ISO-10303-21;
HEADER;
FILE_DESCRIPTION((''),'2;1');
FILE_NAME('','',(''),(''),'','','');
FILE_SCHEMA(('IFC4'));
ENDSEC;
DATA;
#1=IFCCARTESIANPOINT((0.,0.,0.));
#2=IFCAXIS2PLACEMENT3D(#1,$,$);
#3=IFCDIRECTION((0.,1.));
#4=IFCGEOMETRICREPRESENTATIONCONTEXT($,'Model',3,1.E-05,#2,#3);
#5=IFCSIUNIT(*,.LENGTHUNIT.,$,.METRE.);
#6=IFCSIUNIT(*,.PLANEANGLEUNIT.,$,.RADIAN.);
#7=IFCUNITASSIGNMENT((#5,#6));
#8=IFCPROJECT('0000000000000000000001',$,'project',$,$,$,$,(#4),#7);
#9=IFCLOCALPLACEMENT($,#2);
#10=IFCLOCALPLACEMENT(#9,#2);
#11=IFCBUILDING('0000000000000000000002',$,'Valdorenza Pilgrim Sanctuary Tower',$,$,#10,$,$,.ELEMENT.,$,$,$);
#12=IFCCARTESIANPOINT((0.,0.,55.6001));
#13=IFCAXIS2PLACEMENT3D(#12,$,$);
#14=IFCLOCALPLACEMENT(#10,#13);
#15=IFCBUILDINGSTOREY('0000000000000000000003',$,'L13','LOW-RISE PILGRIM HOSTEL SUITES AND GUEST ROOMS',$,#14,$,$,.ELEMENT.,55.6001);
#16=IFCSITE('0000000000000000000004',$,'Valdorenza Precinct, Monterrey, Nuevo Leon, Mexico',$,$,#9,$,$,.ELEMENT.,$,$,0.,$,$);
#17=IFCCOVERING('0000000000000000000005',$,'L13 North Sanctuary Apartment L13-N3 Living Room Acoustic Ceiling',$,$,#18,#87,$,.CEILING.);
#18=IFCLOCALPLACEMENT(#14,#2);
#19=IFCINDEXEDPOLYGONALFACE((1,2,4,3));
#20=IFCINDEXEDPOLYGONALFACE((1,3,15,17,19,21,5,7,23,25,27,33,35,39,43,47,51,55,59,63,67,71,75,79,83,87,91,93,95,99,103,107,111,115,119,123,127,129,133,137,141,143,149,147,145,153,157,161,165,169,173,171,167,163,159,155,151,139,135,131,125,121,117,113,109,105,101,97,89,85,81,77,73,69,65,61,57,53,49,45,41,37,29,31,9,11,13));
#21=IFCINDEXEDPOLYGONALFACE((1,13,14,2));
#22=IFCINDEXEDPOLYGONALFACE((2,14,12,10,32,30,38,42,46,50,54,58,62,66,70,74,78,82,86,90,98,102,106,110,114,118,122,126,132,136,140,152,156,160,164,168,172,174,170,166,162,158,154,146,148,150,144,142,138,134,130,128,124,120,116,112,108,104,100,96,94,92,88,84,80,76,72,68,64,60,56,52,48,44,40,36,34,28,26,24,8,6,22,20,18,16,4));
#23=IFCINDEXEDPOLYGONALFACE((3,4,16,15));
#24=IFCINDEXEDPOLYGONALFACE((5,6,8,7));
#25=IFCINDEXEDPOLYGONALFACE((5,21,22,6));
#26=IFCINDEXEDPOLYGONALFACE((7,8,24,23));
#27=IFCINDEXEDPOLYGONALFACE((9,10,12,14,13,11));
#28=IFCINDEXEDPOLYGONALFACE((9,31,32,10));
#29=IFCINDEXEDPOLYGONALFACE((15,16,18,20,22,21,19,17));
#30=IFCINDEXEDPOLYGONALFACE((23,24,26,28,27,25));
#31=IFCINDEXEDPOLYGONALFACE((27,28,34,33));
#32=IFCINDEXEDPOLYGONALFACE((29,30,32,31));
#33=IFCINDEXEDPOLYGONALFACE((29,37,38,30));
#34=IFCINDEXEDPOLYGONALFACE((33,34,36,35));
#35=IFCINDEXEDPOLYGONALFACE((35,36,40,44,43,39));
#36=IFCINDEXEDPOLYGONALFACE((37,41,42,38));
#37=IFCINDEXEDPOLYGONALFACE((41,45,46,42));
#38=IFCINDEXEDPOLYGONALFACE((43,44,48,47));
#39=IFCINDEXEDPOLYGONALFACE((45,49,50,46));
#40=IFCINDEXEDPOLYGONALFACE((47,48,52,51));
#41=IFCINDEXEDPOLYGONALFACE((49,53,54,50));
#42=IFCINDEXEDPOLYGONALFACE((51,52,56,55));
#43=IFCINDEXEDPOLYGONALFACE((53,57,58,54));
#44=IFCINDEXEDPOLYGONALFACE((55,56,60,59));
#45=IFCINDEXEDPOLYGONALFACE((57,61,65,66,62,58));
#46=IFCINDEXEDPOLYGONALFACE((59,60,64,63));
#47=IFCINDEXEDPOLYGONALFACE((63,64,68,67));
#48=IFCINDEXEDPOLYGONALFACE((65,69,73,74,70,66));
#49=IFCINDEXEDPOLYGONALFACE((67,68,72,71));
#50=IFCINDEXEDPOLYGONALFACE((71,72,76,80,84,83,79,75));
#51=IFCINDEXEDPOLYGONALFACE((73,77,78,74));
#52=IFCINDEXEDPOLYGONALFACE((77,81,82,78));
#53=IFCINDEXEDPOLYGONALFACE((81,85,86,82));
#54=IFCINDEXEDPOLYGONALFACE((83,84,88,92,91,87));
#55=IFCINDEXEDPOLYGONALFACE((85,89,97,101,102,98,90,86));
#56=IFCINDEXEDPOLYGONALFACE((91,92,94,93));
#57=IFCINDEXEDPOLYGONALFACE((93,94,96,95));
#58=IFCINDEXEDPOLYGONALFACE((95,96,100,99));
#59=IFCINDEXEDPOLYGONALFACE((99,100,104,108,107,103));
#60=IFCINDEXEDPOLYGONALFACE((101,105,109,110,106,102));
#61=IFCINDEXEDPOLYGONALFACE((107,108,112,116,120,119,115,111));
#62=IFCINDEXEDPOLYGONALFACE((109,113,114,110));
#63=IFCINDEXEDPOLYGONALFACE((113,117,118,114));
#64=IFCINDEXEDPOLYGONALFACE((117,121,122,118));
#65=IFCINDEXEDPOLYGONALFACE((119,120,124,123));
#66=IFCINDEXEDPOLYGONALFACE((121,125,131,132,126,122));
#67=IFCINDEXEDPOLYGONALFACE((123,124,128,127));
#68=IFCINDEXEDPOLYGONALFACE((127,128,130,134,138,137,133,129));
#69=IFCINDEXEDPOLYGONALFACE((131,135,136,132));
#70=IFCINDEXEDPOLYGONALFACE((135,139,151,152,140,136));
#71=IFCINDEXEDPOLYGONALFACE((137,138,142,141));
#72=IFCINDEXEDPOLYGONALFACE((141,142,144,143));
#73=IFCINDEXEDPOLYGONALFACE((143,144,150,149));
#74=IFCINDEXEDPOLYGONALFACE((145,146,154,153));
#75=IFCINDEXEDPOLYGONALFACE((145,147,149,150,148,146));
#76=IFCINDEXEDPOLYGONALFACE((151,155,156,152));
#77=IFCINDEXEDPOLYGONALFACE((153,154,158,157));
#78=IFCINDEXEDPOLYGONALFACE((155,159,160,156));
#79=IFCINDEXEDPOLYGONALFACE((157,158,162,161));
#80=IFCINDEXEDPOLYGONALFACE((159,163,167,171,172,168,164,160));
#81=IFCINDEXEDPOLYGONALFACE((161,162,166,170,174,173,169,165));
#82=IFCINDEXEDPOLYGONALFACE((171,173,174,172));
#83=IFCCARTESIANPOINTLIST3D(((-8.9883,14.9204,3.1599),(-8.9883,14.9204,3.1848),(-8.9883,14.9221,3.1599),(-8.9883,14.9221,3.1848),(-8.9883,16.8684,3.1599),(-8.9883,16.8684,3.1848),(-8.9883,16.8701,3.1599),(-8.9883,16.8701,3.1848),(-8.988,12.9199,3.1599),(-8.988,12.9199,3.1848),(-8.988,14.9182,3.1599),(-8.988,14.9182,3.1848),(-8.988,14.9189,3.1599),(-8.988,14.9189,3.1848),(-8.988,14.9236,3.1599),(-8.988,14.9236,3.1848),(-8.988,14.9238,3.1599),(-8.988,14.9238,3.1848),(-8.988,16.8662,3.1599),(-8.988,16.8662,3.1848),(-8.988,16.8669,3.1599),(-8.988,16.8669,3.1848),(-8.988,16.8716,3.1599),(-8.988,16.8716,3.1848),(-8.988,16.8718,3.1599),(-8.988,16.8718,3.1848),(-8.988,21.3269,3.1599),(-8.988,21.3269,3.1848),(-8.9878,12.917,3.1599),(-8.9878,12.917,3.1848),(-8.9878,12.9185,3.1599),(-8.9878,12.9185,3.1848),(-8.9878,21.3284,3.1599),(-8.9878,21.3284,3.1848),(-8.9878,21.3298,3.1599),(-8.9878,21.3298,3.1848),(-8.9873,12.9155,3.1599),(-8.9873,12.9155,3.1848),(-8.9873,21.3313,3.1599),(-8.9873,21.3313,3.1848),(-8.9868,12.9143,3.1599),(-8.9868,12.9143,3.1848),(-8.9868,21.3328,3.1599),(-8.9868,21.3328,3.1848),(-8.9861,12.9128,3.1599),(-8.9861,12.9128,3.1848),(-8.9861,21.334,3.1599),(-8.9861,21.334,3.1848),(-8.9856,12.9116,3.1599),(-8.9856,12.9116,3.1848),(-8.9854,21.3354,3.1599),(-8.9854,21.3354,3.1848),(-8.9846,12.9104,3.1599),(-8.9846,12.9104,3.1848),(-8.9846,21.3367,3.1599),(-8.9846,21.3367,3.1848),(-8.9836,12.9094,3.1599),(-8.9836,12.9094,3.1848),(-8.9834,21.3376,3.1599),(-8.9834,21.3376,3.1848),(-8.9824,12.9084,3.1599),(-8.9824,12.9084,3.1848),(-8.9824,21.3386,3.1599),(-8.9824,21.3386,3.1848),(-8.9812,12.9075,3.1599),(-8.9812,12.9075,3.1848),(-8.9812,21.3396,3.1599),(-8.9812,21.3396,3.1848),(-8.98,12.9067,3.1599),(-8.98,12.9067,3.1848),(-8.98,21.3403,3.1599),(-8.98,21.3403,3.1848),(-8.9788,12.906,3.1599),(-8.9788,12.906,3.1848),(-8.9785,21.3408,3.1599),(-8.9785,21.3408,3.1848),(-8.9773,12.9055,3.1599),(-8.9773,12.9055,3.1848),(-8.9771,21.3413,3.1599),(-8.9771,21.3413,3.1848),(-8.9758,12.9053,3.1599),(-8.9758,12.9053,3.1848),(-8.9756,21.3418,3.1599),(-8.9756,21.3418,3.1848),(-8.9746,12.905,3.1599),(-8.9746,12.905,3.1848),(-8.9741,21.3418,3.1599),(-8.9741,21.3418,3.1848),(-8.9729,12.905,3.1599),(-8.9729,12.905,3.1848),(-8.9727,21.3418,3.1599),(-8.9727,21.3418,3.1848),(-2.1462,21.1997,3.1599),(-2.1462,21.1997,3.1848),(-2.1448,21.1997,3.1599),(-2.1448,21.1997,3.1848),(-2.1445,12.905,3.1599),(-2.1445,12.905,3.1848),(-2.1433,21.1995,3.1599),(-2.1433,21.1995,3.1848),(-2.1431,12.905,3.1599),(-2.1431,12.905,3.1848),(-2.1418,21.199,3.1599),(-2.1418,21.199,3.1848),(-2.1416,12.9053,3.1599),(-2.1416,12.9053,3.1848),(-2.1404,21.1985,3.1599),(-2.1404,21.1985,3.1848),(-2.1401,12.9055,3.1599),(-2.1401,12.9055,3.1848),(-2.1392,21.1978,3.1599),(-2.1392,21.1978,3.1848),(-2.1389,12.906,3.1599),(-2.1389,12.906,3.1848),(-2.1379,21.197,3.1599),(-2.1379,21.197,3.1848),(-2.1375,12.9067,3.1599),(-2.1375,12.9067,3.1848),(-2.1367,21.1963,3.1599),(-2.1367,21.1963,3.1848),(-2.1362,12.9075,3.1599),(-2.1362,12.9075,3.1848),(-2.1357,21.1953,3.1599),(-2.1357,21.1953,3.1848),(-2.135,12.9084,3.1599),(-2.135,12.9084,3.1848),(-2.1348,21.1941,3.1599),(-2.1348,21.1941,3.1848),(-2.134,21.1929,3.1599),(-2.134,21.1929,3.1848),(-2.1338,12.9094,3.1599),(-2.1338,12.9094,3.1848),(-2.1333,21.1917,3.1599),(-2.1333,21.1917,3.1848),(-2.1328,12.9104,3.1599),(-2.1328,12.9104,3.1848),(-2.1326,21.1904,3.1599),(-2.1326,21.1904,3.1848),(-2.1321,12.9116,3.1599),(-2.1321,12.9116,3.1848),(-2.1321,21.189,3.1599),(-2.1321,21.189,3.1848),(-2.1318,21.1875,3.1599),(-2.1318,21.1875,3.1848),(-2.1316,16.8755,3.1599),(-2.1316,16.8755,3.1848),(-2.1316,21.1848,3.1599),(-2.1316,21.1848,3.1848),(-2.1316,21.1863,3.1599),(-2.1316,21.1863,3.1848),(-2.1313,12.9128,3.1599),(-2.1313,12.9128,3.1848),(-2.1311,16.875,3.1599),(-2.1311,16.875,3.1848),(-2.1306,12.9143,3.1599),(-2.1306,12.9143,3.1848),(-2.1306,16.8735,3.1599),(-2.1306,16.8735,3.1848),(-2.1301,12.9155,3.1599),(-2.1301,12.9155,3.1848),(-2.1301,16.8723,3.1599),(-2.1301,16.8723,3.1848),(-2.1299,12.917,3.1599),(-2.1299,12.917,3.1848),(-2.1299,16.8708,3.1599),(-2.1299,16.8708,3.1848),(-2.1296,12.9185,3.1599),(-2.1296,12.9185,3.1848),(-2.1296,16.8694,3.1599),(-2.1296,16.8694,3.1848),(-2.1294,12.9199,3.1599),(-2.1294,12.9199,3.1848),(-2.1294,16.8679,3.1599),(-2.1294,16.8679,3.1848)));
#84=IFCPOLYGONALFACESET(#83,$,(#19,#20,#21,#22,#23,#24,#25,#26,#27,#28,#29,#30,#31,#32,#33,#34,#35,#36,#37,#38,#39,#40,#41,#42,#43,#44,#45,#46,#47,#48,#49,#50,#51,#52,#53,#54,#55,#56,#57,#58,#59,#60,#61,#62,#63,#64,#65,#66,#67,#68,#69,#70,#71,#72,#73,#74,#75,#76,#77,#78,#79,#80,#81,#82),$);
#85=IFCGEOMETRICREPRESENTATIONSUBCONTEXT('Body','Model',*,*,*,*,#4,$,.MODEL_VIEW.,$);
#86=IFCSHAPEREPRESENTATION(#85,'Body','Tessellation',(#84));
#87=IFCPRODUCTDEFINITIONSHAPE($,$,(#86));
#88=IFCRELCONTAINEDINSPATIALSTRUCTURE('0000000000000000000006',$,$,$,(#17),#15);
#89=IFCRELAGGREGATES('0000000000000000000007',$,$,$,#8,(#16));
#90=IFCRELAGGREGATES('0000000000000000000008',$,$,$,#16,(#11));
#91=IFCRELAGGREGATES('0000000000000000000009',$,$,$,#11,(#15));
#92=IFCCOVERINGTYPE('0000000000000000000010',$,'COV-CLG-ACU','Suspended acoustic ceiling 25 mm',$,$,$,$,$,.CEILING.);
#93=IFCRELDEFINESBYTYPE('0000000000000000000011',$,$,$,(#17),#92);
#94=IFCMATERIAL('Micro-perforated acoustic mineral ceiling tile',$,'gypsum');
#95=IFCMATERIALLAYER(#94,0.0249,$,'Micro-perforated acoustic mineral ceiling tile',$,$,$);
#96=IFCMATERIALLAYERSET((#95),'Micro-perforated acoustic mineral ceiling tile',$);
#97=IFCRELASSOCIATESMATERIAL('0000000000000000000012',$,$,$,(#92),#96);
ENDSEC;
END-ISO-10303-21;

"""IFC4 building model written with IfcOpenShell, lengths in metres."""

from ifc_helpers import new_model, si_unit, direction, frame, origin, place, context, subcontext, project, spatial, polyline, outline, extrude, material, layer, layer_set, type_object, element, save


model = new_model("IFC4")

# Units and contexts
model_context = context("Model", 3, precision=1e-05, world=origin(), true_north=direction((0.0, 1.0)))
body_context = subcontext(model_context, "Body", "Model", "MODEL_VIEW")
ifc_project = project(units=[si_unit("LENGTHUNIT", "METRE"), si_unit("PLANEANGLEUNIT", "RADIAN")], contexts=[model_context])

# Site, building, storey
site_placement = place(None, origin())
site = spatial("IfcSite", under=ifc_project, at=site_placement, Name="Valdorenza Precinct, Monterrey, Nuevo Leon, Mexico", CompositionType="ELEMENT", RefElevation=0.0)
building_placement = place(site_placement, origin())
building = spatial("IfcBuilding", under=site, at=building_placement, Name="Valdorenza Pilgrim Sanctuary Tower", CompositionType="ELEMENT")
storey_placement = place(building_placement, frame((0.0, 0.0, 55.6001)))
storey = spatial("IfcBuildingStorey", under=building, at=storey_placement, Name="L13", Description="LOW-RISE PILGRIM HOSTEL SUITES AND GUEST ROOMS", CompositionType="ELEMENT", Elevation=55.6001)

# Covering
ifc_material_1 = material(Name="Micro-perforated acoustic mineral ceiling tile", Category="gypsum")
ifc_layer_1 = layer(ifc_material_1, 0.0249, Name="Micro-perforated acoustic mineral ceiling tile")
ifc_layer_set_1 = layer_set([ifc_layer_1], Name="Micro-perforated acoustic mineral ceiling tile")
covering_type_1 = type_object("IfcCoveringType", Name="COV-CLG-ACU", Description="Suspended acoustic ceiling 25 mm", PredefinedType="CEILING", material=ifc_layer_set_1)
covering_1_placement = place(storey_placement, frame((0.0, 0.0, 3.1599)))
element("IfcCovering", 1, at=covering_1_placement, inside=storey, type_object=covering_type_1, Name="L13 North Sanctuary Apartment L13-N3 Living Room Acoustic Ceiling", PredefinedType="CEILING", context=body_context, shape_type="SweptSolid", body=[
    extrude(outline(polyline([(-8.988, 14.9182), (-8.988, 14.9189), (-8.9883, 14.9204), (-8.9883, 14.9221), (-8.988, 14.9236), (-8.988, 14.9238), (-8.988, 16.8662), (-8.988, 16.8669), (-8.9883, 16.8684), (-8.9883, 16.8701), (-8.988, 16.8716), (-8.988, 16.8718), (-8.988, 21.3269), (-8.9878, 21.3284), (-8.9878, 21.3298), (-8.9873, 21.3313), (-8.9868, 21.3328), (-8.9861, 21.334), (-8.9854, 21.3354), (-8.9846, 21.3367), (-8.9834, 21.3376), (-8.9824, 21.3386), (-8.9812, 21.3396), (-8.98, 21.3403), (-8.9785, 21.3408), (-8.9771, 21.3413), (-8.9756, 21.3418), (-8.9741, 21.3418), (-8.9727, 21.3418), (-2.1462, 21.1997), (-2.1448, 21.1997), (-2.1433, 21.1995), (-2.1418, 21.199), (-2.1404, 21.1985), (-2.1392, 21.1978), (-2.1379, 21.197), (-2.1367, 21.1963), (-2.1357, 21.1953), (-2.1348, 21.1941), (-2.134, 21.1929), (-2.1333, 21.1917), (-2.1326, 21.1904), (-2.1321, 21.189), (-2.1318, 21.1875), (-2.1316, 21.1863), (-2.1316, 21.1848), (-2.1316, 16.8755), (-2.1311, 16.875), (-2.1306, 16.8735), (-2.1301, 16.8723), (-2.1299, 16.8708), (-2.1296, 16.8694), (-2.1294, 16.8679), (-2.1294, 12.9199), (-2.1296, 12.9185), (-2.1299, 12.917), (-2.1301, 12.9155), (-2.1306, 12.9143), (-2.1313, 12.9128), (-2.1321, 12.9116), (-2.1328, 12.9104), (-2.1338, 12.9094), (-2.135, 12.9084), (-2.1362, 12.9075), (-2.1375, 12.9067), (-2.1389, 12.906), (-2.1401, 12.9055), (-2.1416, 12.9053), (-2.1431, 12.905), (-2.1445, 12.905), (-8.9729, 12.905), (-8.9746, 12.905), (-8.9758, 12.9053), (-8.9773, 12.9055), (-8.9788, 12.906), (-8.98, 12.9067), (-8.9812, 12.9075), (-8.9824, 12.9084), (-8.9836, 12.9094), (-8.9846, 12.9104), (-8.9856, 12.9116), (-8.9861, 12.9128), (-8.9868, 12.9143), (-8.9873, 12.9155), (-8.9878, 12.917), (-8.9878, 12.9185), (-8.988, 12.9199), (-8.988, 14.9182)])), origin(), (0.0, 0.0, 1.0), 0.0249),
])

save(model, "model.ifc")
